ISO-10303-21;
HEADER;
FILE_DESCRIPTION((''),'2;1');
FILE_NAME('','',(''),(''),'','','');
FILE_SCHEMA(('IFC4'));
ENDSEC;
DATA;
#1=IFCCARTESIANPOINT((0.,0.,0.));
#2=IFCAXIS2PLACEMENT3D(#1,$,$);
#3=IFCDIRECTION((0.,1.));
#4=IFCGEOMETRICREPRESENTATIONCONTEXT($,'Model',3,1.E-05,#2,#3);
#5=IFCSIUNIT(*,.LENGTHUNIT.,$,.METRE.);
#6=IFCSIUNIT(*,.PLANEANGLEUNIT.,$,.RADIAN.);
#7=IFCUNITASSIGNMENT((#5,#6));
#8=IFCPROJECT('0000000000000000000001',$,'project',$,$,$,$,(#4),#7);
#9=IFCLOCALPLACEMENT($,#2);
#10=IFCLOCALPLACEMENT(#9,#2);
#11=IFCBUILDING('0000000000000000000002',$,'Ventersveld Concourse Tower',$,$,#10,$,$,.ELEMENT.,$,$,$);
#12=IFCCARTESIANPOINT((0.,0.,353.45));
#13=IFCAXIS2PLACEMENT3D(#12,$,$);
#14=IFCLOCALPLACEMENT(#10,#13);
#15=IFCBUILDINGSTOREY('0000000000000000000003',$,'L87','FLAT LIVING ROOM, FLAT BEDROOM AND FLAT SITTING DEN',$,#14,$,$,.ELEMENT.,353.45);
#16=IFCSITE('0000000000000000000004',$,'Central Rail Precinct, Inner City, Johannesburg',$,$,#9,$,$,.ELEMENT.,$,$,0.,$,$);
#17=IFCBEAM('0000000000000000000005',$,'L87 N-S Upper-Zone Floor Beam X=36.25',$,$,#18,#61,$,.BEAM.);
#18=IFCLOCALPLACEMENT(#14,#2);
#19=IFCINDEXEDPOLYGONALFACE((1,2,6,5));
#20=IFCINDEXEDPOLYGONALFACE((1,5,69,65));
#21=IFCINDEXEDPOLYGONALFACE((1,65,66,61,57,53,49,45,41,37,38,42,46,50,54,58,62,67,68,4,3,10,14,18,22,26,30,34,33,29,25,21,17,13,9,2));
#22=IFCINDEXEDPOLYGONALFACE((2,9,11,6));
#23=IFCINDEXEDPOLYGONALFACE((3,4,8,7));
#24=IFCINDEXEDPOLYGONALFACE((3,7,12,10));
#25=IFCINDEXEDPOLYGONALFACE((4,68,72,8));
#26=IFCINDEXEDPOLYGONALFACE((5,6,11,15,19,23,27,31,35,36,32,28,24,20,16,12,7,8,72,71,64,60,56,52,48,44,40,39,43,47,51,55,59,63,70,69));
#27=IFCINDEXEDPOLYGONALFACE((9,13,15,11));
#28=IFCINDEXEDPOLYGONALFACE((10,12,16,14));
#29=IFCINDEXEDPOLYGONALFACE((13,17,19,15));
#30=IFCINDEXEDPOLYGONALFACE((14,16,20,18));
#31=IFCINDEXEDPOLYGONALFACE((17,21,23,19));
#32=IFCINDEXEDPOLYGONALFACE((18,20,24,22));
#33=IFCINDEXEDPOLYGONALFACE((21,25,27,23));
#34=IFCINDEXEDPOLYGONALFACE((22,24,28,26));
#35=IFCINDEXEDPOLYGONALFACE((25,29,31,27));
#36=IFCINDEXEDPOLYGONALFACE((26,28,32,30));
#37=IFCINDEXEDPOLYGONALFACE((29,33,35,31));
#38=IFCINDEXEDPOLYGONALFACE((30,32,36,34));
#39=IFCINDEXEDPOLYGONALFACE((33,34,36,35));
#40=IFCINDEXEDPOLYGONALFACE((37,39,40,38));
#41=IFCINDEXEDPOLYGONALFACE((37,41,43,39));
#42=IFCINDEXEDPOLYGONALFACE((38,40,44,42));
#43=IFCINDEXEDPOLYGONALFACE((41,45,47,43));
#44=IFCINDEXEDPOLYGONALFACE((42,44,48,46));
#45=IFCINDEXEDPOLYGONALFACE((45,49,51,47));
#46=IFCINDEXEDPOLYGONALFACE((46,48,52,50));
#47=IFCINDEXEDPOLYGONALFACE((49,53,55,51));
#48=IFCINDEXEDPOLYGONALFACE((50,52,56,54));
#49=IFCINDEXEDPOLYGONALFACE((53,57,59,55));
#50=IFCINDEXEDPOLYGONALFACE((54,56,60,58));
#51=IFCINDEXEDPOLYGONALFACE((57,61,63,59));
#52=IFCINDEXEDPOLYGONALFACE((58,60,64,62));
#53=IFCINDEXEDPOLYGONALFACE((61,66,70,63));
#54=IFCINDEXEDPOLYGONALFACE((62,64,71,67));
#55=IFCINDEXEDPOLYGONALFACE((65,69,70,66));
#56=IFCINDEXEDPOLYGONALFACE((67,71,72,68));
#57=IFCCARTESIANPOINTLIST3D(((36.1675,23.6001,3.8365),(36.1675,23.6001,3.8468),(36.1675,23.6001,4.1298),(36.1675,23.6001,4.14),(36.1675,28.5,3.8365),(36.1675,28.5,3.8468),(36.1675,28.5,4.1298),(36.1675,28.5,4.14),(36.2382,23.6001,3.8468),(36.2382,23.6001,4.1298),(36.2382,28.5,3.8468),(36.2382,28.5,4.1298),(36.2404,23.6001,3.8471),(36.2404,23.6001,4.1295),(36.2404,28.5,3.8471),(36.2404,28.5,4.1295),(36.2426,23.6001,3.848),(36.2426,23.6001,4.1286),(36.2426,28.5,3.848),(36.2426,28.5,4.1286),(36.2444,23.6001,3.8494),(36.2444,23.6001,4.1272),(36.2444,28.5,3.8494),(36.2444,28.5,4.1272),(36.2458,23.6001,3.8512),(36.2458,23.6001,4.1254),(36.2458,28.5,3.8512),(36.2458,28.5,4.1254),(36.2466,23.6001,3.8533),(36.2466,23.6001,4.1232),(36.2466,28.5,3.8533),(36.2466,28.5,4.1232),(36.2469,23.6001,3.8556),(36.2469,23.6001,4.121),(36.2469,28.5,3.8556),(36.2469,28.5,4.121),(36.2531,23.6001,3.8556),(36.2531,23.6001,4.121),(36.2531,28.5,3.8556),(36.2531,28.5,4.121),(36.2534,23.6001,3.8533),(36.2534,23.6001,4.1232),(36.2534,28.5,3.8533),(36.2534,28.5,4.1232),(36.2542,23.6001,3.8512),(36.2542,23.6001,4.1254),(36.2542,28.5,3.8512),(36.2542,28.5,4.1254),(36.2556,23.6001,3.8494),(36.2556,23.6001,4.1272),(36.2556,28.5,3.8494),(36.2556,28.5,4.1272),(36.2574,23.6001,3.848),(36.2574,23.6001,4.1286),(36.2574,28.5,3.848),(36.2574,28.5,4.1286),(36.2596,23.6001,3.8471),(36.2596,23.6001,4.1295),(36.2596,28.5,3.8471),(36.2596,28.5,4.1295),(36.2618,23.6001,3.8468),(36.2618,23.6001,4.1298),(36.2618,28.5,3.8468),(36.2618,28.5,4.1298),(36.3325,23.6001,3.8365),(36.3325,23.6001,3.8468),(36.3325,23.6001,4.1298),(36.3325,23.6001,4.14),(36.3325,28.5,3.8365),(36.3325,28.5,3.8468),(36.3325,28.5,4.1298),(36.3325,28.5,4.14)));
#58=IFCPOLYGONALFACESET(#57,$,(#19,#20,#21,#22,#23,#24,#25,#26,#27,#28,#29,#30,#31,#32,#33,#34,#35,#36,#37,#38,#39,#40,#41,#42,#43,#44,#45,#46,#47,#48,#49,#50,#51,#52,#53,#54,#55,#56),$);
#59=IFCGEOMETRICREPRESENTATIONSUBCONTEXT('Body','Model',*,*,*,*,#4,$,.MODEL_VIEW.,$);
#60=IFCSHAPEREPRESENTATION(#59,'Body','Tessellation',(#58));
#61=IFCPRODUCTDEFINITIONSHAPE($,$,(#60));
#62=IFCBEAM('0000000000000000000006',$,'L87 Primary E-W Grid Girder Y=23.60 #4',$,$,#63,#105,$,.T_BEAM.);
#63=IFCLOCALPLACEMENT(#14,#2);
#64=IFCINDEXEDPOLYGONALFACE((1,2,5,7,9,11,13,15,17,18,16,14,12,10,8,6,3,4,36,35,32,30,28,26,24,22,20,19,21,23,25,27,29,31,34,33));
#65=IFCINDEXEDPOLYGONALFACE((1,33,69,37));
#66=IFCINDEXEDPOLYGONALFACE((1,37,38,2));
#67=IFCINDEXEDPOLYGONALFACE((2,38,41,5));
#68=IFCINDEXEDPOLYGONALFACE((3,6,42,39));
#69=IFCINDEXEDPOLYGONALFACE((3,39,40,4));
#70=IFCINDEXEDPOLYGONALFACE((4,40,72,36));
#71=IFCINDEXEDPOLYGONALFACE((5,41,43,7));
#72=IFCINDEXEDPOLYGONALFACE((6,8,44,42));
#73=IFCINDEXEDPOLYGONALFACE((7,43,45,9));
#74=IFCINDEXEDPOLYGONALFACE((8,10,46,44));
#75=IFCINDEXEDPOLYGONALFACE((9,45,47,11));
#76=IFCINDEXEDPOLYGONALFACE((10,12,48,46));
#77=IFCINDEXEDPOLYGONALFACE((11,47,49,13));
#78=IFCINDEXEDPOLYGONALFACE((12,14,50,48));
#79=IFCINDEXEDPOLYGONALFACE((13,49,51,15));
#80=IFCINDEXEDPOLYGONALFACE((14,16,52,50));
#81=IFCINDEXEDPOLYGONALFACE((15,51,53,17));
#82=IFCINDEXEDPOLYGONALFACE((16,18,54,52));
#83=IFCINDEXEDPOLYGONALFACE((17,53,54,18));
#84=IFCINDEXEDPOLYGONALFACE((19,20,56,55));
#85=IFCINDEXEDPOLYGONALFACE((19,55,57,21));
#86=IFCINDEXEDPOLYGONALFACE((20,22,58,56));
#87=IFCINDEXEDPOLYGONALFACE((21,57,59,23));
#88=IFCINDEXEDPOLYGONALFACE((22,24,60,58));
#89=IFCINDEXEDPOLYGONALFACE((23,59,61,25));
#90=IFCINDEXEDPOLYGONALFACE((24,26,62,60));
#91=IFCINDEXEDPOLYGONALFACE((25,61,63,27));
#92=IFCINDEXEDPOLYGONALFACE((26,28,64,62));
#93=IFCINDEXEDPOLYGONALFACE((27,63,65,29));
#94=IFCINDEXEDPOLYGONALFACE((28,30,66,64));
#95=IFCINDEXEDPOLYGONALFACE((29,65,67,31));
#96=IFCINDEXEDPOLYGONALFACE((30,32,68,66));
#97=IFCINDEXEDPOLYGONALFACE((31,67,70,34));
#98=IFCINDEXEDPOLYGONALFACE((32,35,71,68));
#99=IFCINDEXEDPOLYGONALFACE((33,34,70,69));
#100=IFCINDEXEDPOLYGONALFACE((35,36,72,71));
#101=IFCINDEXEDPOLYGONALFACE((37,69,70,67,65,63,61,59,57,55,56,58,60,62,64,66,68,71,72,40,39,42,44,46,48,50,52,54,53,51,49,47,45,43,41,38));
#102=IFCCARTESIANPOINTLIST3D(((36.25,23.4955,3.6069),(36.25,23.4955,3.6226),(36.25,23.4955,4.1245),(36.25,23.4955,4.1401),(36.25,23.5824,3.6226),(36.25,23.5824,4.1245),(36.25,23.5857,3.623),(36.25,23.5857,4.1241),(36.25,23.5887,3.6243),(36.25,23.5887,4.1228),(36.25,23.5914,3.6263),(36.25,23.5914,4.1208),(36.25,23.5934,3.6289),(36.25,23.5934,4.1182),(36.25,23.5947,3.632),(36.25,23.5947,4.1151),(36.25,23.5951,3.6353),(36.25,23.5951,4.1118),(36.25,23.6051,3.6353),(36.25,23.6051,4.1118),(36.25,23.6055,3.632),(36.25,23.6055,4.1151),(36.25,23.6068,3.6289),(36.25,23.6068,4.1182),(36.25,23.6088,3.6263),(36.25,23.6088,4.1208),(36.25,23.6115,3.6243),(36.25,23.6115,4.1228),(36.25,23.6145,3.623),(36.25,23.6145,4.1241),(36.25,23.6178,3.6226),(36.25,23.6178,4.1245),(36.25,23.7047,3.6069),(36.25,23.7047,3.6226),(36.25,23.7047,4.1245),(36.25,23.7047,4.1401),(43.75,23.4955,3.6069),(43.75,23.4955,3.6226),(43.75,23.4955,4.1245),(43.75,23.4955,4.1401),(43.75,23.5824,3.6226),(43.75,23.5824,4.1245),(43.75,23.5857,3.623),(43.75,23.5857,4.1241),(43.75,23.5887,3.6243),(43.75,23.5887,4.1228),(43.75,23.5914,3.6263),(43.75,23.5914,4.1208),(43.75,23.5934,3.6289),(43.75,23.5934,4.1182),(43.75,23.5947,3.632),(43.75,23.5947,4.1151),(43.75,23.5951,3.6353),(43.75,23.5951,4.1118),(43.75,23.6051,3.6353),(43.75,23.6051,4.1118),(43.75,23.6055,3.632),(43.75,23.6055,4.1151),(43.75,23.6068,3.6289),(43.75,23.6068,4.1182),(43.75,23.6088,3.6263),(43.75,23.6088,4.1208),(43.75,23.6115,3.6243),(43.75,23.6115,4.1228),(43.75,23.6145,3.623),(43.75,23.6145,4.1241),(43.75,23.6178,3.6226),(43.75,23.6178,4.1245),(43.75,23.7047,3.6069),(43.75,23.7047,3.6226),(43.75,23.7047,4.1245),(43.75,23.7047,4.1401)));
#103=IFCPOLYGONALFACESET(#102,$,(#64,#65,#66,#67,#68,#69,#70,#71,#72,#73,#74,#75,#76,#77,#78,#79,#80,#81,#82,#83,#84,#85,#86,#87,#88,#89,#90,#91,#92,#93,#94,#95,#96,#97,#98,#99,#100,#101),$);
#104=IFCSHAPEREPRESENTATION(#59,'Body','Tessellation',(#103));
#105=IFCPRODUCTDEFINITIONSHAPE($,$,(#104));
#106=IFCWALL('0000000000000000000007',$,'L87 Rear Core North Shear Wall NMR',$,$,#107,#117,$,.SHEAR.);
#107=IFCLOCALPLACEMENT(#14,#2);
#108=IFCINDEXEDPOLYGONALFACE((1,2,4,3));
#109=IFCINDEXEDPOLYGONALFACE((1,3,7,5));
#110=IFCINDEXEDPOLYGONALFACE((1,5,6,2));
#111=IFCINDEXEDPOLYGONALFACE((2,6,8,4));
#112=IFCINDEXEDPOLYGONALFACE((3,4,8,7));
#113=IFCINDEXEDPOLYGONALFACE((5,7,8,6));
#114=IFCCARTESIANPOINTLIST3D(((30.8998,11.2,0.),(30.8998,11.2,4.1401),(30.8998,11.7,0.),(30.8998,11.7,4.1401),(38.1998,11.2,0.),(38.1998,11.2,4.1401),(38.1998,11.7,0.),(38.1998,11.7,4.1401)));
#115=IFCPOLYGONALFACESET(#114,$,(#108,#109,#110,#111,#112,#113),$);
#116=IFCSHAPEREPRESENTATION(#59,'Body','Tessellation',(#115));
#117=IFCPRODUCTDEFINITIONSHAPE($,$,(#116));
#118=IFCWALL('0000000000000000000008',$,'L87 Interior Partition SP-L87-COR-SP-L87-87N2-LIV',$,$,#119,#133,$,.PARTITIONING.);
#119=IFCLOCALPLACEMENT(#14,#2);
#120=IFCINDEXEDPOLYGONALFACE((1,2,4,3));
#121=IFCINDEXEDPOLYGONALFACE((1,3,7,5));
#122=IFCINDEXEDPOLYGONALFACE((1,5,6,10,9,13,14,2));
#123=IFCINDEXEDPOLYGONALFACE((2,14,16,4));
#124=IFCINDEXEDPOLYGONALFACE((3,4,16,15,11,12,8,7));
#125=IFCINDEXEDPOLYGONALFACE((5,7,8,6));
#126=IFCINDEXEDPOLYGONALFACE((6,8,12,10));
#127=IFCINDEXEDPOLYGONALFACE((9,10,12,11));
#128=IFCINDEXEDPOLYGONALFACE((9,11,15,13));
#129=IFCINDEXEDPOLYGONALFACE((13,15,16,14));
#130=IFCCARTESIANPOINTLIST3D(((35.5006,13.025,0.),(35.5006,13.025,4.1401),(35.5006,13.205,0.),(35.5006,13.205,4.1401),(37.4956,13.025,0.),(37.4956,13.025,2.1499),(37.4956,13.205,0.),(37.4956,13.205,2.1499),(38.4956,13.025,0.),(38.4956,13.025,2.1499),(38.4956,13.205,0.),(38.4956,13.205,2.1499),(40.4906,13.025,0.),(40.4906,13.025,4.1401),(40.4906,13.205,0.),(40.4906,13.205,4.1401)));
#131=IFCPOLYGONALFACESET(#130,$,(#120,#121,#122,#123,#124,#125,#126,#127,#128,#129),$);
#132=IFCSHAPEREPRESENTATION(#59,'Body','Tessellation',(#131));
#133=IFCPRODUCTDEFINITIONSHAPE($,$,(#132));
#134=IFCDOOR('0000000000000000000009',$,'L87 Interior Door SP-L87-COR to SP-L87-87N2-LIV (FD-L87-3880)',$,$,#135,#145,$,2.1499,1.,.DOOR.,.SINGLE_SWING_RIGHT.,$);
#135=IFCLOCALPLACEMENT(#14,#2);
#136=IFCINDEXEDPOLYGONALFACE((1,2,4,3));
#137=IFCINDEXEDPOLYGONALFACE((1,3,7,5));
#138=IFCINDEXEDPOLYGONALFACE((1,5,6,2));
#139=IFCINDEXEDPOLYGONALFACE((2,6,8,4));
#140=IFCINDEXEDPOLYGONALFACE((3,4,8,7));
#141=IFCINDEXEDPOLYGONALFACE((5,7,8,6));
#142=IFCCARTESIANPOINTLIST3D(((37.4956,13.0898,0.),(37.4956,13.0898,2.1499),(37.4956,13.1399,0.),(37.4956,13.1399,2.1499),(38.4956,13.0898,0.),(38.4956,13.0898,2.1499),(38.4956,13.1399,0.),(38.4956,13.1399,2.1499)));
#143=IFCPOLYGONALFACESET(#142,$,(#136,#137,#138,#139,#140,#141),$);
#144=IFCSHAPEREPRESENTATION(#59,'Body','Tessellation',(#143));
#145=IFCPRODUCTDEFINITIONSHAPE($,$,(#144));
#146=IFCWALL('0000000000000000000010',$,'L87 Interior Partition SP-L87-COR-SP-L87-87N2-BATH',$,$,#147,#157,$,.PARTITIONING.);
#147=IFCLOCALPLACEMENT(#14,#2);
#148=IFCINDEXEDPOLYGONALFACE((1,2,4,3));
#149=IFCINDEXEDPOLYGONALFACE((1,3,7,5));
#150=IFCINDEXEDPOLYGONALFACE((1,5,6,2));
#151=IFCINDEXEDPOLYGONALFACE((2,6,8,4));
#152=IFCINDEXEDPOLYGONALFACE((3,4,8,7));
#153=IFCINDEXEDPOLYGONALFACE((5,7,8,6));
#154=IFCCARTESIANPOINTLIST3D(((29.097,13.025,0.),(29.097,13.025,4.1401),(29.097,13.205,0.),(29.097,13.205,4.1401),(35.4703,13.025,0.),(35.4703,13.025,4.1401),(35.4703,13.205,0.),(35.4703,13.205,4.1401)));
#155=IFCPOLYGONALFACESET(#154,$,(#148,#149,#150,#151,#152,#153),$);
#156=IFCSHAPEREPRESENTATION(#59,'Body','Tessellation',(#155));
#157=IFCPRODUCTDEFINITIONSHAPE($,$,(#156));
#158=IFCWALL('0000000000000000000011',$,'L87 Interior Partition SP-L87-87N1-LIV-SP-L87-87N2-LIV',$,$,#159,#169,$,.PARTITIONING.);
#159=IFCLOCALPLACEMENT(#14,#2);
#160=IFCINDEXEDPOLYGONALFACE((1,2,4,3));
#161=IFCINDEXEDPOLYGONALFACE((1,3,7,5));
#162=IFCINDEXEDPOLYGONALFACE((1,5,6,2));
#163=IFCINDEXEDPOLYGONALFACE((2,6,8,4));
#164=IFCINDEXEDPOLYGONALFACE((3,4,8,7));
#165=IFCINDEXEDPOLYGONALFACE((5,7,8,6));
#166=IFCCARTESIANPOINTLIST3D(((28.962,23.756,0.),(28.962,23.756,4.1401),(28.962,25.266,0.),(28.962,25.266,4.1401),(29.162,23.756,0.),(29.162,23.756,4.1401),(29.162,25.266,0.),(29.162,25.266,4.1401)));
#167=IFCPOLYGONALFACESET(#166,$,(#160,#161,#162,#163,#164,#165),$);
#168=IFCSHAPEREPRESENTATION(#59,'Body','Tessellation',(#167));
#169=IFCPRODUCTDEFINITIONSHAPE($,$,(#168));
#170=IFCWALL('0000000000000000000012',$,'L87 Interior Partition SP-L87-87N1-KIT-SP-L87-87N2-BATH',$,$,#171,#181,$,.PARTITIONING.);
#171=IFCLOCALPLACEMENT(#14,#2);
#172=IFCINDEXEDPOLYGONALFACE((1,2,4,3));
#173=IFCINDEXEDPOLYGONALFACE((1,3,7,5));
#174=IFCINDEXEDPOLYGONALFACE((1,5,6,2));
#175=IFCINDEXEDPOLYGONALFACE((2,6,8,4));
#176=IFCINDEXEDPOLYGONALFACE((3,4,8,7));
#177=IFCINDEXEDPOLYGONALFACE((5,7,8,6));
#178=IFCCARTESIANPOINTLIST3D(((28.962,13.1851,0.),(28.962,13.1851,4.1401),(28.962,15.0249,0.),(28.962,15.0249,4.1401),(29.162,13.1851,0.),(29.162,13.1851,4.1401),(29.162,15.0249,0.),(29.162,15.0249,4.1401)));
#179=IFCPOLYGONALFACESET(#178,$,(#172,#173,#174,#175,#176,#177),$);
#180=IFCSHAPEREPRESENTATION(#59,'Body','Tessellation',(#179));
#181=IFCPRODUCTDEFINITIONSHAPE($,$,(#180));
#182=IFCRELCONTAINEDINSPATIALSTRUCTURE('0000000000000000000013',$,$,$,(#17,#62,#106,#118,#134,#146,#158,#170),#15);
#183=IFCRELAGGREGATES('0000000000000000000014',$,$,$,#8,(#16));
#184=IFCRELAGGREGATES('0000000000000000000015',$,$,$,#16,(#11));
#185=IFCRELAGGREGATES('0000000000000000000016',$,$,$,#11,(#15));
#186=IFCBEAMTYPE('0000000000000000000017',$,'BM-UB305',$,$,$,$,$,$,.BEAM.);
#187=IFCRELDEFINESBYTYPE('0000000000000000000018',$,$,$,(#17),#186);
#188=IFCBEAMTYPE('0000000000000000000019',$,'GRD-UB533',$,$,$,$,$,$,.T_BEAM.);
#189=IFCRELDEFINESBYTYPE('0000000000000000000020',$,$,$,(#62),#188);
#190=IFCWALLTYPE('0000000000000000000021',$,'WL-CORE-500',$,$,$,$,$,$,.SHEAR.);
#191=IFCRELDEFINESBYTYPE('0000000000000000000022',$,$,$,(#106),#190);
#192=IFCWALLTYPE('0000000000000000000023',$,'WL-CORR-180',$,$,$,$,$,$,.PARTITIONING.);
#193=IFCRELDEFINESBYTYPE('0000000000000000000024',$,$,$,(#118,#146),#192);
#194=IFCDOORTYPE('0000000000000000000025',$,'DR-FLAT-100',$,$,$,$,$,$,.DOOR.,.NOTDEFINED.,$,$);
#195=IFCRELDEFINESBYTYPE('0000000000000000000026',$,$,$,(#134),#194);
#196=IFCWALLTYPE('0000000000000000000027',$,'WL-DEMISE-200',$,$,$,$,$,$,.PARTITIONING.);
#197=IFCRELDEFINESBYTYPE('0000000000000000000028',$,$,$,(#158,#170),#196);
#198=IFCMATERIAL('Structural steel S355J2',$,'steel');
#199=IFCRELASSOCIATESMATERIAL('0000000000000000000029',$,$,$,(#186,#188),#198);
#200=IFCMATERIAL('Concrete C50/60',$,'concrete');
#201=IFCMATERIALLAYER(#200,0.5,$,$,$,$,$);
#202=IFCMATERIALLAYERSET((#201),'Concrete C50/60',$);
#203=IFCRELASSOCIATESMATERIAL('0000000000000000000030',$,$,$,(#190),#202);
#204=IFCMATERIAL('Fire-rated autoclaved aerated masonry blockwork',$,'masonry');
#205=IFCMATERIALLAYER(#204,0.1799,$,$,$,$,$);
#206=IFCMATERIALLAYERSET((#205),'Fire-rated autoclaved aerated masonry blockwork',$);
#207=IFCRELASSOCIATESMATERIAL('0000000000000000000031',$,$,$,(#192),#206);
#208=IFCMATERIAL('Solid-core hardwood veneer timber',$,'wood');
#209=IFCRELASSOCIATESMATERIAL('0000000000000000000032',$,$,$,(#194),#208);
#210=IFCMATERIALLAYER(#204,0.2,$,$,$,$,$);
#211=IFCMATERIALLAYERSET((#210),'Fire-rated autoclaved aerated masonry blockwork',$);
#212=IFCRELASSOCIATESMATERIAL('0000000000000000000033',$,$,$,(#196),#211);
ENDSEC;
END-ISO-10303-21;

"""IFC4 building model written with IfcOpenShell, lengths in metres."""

from ifc_helpers import new_model, si_unit, direction, frame, frame_2d, origin, origin_2d, place, context, subcontext, project, spatial, rectangle, i_section, extrude, material, layer, layer_set, material_profile, profile_set, type_object, element, fill, save


model = new_model("IFC4")

# Units and contexts
model_context = context("Model", 3, precision=1e-05, world=origin(), true_north=direction((0.0, 1.0)))
body_context = subcontext(model_context, "Body", "Model", "MODEL_VIEW")
ifc_project = project(units=[si_unit("LENGTHUNIT", "METRE"), si_unit("PLANEANGLEUNIT", "RADIAN")], contexts=[model_context])

# Site, building, storey
site_placement = place(None, origin())
site = spatial("IfcSite", under=ifc_project, at=site_placement, Name="Central Rail Precinct, Inner City, Johannesburg", CompositionType="ELEMENT", RefElevation=0.0)
building_placement = place(site_placement, origin())
building = spatial("IfcBuilding", under=site, at=building_placement, Name="Ventersveld Concourse Tower", CompositionType="ELEMENT")
storey_placement = place(building_placement, frame((0.0, 0.0, 353.45)))
storey = spatial("IfcBuildingStorey", under=building, at=storey_placement, Name="L87", Description="FLAT LIVING ROOM, FLAT BEDROOM AND FLAT SITTING DEN", CompositionType="ELEMENT", Elevation=353.45)

# Shared definitions
ifc_material_1 = material(Name="Concrete C50/60", Category="concrete")
ifc_material_2 = material(Name="Structural steel S355J2", Category="steel")

# Beams
ifc_material_profile_1 = material_profile(ifc_material_2, i_section(OverallWidth=0.165, OverallDepth=0.3035, WebThickness=0.0061, FlangeThickness=0.0103, FilletRadius=0.0088, at=origin_2d()), Name="UB 305x165x40")
ifc_profile_set_1 = profile_set([ifc_material_profile_1], Name="Structural steel S355J2")
beam_type_1 = type_object("IfcBeamType", Name="BM-UB305", PredefinedType="BEAM", material=ifc_profile_set_1)
beam_1_placement = place(storey_placement, frame((36.25, 23.6001, 3.9883), z_axis=(0.0, 1.0, 0.0), x_axis=(-1.0, 0.0, 0.0)))
element("IfcBeam", 1, at=beam_1_placement, inside=storey, type_object=beam_type_1, Name="L87 N-S Upper-Zone Floor Beam X=36.25", PredefinedType="BEAM", context=body_context, shape_type="SweptSolid", body=[
    extrude(i_section(OverallWidth=0.165, OverallDepth=0.3035, WebThickness=0.0061, FlangeThickness=0.0103, FilletRadius=0.0088, at=origin_2d()), origin(), (0.0, 0.0, 1.0), 4.8999),
])
ifc_material_profile_2 = material_profile(ifc_material_2, i_section(OverallWidth=0.2092, OverallDepth=0.5332, WebThickness=0.01, FlangeThickness=0.0156, FilletRadius=0.0127, at=origin_2d()), Name="UB 533x210x92")
ifc_profile_set_2 = profile_set([ifc_material_profile_2], Name="Structural steel S355J2")
beam_type_2 = type_object("IfcBeamType", Name="GRD-UB533", PredefinedType="T_BEAM", material=ifc_profile_set_2)
beam_2_placement = place(storey_placement, frame((36.25, 23.6001, 3.8735), z_axis=(1.0, 0.0, 0.0), x_axis=(0.0, 1.0, 0.0)))
element("IfcBeam", 2, at=beam_2_placement, inside=storey, type_object=beam_type_2, Name="L87 Primary E-W Grid Girder Y=23.60 #4", PredefinedType="T_BEAM", context=body_context, shape_type="SweptSolid", body=[
    extrude(i_section(OverallWidth=0.2092, OverallDepth=0.5332, WebThickness=0.01, FlangeThickness=0.0156, FilletRadius=0.0127, at=origin_2d()), origin(), (0.0, 0.0, 1.0), 7.5),
])

# Wall
ifc_layer_1 = layer(ifc_material_1, 0.5)
ifc_layer_set_1 = layer_set([ifc_layer_1], Name="Concrete C50/60")
wall_type_1 = type_object("IfcWallType", Name="WL-CORE-500", PredefinedType="SHEAR", material=ifc_layer_set_1)
wall_1_placement = place(storey_placement, frame((30.8999, 11.45, 0.0), z_axis=(0.0, 0.0, 1.0), x_axis=(1.0, 0.0, 0.0)))
element("IfcWall", 3, at=wall_1_placement, inside=storey, type_object=wall_type_1, Name="L87 Rear Core North Shear Wall NMR", PredefinedType="SHEAR", context=body_context, shape_type="SweptSolid", body=[
    extrude(rectangle(XDim=7.3, YDim=0.5, at=frame_2d((3.6499, 0.0))), origin(), (0.0, 0.0, 1.0), 4.1401),
])

# Wall, opening, door
ifc_material_3 = material(Name="Fire-rated autoclaved aerated masonry blockwork", Category="masonry")
ifc_layer_2 = layer(ifc_material_3, 0.1799)
ifc_layer_set_2 = layer_set([ifc_layer_2], Name="Fire-rated autoclaved aerated masonry blockwork")
wall_type_2 = type_object("IfcWallType", Name="WL-CORR-180", PredefinedType="PARTITIONING", material=ifc_layer_set_2)
wall_2_placement = place(storey_placement, frame((35.5005, 13.115, 0.0), z_axis=(0.0, 0.0, 1.0), x_axis=(1.0, 0.0, 0.0)))
wall_2 = element("IfcWall", 4, at=wall_2_placement, inside=storey, type_object=wall_type_2, Name="L87 Interior Partition SP-L87-COR-SP-L87-87N2-LIV", PredefinedType="PARTITIONING", context=body_context, shape_type="SweptSolid", body=[
    extrude(rectangle(XDim=4.99, YDim=0.1799, at=frame_2d((2.4951, 0.0))), origin(), (0.0, 0.0, 1.0), 4.1401),
])
opening_1_placement = place(wall_2_placement, frame((1.9951, 0.0, 0.0)))
opening_1 = element("IfcOpeningElement", 5, at=opening_1_placement, cuts=wall_2, PredefinedType="OPENING", context=body_context, shape_type="SweptSolid", body=[
    extrude(rectangle(XDim=1.0, YDim=2.1499, at=frame_2d((0.5, 1.075))), frame((0.0, 0.1001, 0.0), z_axis=(0.0, -1.0, 0.0), x_axis=(1.0, 0.0, 0.0)), (0.0, 0.0, 1.0), 0.2),
])
ifc_material_4 = material(Name="Solid-core hardwood veneer timber", Category="wood")
door_type_1 = type_object("IfcDoorType", Name="DR-FLAT-100", OperationType="NOTDEFINED", PredefinedType="DOOR", material=ifc_material_4)
door_1_placement = place(opening_1_placement, origin())
door_1 = element("IfcDoor", 6, at=door_1_placement, inside=storey, type_object=door_type_1, Name="L87 Interior Door SP-L87-COR to SP-L87-87N2-LIV (FD-L87-3880)", OperationType="SINGLE_SWING_RIGHT", OverallHeight=2.1499, OverallWidth=1.0, PredefinedType="DOOR", context=body_context, shape_type="SweptSolid", body=[
    extrude(rectangle(XDim=1.0, YDim=2.1499, at=frame_2d((0.5, 1.075))), frame((0.0, 0.0249, 0.0), z_axis=(0.0, -1.0, 0.0), x_axis=(1.0, 0.0, 0.0)), (0.0, 0.0, 1.0), 0.05),
])
fill(opening_1, door_1)

# Walls
wall_3_placement = place(storey_placement, frame((29.0972, 13.115, 0.0), z_axis=(0.0, 0.0, 1.0), x_axis=(1.0, 0.0, 0.0)))
element("IfcWall", 7, at=wall_3_placement, inside=storey, type_object=wall_type_2, Name="L87 Interior Partition SP-L87-COR-SP-L87-87N2-BATH", PredefinedType="PARTITIONING", context=body_context, shape_type="SweptSolid", body=[
    extrude(rectangle(XDim=6.3733, YDim=0.1799, at=frame_2d((3.1865, 0.0))), origin(), (0.0, 0.0, 1.0), 4.1401),
])
ifc_layer_3 = layer(ifc_material_3, 0.2)
ifc_layer_set_3 = layer_set([ifc_layer_3], Name="Fire-rated autoclaved aerated masonry blockwork")
wall_type_3 = type_object("IfcWallType", Name="WL-DEMISE-200", PredefinedType="PARTITIONING", material=ifc_layer_set_3)
wall_4_placement = place(storey_placement, frame((29.062, 23.7561, 0.0), z_axis=(0.0, 0.0, 1.0), x_axis=(0.0, 1.0, 0.0)))
element("IfcWall", 8, at=wall_4_placement, inside=storey, type_object=wall_type_3, Name="L87 Interior Partition SP-L87-87N1-LIV-SP-L87-87N2-LIV", PredefinedType="PARTITIONING", context=body_context, shape_type="SweptSolid", body=[
    extrude(rectangle(XDim=1.51, YDim=0.2, at=frame_2d((0.7549, 0.0))), origin(), (0.0, 0.0, 1.0), 4.1401),
])
wall_5_placement = place(storey_placement, frame((29.062, 13.1851, 0.0), z_axis=(0.0, 0.0, 1.0), x_axis=(0.0, 1.0, 0.0)))
element("IfcWall", 9, at=wall_5_placement, inside=storey, type_object=wall_type_3, Name="L87 Interior Partition SP-L87-87N1-KIT-SP-L87-87N2-BATH", PredefinedType="PARTITIONING", context=body_context, shape_type="SweptSolid", body=[
    extrude(rectangle(XDim=1.8398, YDim=0.2, at=frame_2d((0.9199, 0.0))), origin(), (0.0, 0.0, 1.0), 4.1401),
])

save(model, "model.ifc")
